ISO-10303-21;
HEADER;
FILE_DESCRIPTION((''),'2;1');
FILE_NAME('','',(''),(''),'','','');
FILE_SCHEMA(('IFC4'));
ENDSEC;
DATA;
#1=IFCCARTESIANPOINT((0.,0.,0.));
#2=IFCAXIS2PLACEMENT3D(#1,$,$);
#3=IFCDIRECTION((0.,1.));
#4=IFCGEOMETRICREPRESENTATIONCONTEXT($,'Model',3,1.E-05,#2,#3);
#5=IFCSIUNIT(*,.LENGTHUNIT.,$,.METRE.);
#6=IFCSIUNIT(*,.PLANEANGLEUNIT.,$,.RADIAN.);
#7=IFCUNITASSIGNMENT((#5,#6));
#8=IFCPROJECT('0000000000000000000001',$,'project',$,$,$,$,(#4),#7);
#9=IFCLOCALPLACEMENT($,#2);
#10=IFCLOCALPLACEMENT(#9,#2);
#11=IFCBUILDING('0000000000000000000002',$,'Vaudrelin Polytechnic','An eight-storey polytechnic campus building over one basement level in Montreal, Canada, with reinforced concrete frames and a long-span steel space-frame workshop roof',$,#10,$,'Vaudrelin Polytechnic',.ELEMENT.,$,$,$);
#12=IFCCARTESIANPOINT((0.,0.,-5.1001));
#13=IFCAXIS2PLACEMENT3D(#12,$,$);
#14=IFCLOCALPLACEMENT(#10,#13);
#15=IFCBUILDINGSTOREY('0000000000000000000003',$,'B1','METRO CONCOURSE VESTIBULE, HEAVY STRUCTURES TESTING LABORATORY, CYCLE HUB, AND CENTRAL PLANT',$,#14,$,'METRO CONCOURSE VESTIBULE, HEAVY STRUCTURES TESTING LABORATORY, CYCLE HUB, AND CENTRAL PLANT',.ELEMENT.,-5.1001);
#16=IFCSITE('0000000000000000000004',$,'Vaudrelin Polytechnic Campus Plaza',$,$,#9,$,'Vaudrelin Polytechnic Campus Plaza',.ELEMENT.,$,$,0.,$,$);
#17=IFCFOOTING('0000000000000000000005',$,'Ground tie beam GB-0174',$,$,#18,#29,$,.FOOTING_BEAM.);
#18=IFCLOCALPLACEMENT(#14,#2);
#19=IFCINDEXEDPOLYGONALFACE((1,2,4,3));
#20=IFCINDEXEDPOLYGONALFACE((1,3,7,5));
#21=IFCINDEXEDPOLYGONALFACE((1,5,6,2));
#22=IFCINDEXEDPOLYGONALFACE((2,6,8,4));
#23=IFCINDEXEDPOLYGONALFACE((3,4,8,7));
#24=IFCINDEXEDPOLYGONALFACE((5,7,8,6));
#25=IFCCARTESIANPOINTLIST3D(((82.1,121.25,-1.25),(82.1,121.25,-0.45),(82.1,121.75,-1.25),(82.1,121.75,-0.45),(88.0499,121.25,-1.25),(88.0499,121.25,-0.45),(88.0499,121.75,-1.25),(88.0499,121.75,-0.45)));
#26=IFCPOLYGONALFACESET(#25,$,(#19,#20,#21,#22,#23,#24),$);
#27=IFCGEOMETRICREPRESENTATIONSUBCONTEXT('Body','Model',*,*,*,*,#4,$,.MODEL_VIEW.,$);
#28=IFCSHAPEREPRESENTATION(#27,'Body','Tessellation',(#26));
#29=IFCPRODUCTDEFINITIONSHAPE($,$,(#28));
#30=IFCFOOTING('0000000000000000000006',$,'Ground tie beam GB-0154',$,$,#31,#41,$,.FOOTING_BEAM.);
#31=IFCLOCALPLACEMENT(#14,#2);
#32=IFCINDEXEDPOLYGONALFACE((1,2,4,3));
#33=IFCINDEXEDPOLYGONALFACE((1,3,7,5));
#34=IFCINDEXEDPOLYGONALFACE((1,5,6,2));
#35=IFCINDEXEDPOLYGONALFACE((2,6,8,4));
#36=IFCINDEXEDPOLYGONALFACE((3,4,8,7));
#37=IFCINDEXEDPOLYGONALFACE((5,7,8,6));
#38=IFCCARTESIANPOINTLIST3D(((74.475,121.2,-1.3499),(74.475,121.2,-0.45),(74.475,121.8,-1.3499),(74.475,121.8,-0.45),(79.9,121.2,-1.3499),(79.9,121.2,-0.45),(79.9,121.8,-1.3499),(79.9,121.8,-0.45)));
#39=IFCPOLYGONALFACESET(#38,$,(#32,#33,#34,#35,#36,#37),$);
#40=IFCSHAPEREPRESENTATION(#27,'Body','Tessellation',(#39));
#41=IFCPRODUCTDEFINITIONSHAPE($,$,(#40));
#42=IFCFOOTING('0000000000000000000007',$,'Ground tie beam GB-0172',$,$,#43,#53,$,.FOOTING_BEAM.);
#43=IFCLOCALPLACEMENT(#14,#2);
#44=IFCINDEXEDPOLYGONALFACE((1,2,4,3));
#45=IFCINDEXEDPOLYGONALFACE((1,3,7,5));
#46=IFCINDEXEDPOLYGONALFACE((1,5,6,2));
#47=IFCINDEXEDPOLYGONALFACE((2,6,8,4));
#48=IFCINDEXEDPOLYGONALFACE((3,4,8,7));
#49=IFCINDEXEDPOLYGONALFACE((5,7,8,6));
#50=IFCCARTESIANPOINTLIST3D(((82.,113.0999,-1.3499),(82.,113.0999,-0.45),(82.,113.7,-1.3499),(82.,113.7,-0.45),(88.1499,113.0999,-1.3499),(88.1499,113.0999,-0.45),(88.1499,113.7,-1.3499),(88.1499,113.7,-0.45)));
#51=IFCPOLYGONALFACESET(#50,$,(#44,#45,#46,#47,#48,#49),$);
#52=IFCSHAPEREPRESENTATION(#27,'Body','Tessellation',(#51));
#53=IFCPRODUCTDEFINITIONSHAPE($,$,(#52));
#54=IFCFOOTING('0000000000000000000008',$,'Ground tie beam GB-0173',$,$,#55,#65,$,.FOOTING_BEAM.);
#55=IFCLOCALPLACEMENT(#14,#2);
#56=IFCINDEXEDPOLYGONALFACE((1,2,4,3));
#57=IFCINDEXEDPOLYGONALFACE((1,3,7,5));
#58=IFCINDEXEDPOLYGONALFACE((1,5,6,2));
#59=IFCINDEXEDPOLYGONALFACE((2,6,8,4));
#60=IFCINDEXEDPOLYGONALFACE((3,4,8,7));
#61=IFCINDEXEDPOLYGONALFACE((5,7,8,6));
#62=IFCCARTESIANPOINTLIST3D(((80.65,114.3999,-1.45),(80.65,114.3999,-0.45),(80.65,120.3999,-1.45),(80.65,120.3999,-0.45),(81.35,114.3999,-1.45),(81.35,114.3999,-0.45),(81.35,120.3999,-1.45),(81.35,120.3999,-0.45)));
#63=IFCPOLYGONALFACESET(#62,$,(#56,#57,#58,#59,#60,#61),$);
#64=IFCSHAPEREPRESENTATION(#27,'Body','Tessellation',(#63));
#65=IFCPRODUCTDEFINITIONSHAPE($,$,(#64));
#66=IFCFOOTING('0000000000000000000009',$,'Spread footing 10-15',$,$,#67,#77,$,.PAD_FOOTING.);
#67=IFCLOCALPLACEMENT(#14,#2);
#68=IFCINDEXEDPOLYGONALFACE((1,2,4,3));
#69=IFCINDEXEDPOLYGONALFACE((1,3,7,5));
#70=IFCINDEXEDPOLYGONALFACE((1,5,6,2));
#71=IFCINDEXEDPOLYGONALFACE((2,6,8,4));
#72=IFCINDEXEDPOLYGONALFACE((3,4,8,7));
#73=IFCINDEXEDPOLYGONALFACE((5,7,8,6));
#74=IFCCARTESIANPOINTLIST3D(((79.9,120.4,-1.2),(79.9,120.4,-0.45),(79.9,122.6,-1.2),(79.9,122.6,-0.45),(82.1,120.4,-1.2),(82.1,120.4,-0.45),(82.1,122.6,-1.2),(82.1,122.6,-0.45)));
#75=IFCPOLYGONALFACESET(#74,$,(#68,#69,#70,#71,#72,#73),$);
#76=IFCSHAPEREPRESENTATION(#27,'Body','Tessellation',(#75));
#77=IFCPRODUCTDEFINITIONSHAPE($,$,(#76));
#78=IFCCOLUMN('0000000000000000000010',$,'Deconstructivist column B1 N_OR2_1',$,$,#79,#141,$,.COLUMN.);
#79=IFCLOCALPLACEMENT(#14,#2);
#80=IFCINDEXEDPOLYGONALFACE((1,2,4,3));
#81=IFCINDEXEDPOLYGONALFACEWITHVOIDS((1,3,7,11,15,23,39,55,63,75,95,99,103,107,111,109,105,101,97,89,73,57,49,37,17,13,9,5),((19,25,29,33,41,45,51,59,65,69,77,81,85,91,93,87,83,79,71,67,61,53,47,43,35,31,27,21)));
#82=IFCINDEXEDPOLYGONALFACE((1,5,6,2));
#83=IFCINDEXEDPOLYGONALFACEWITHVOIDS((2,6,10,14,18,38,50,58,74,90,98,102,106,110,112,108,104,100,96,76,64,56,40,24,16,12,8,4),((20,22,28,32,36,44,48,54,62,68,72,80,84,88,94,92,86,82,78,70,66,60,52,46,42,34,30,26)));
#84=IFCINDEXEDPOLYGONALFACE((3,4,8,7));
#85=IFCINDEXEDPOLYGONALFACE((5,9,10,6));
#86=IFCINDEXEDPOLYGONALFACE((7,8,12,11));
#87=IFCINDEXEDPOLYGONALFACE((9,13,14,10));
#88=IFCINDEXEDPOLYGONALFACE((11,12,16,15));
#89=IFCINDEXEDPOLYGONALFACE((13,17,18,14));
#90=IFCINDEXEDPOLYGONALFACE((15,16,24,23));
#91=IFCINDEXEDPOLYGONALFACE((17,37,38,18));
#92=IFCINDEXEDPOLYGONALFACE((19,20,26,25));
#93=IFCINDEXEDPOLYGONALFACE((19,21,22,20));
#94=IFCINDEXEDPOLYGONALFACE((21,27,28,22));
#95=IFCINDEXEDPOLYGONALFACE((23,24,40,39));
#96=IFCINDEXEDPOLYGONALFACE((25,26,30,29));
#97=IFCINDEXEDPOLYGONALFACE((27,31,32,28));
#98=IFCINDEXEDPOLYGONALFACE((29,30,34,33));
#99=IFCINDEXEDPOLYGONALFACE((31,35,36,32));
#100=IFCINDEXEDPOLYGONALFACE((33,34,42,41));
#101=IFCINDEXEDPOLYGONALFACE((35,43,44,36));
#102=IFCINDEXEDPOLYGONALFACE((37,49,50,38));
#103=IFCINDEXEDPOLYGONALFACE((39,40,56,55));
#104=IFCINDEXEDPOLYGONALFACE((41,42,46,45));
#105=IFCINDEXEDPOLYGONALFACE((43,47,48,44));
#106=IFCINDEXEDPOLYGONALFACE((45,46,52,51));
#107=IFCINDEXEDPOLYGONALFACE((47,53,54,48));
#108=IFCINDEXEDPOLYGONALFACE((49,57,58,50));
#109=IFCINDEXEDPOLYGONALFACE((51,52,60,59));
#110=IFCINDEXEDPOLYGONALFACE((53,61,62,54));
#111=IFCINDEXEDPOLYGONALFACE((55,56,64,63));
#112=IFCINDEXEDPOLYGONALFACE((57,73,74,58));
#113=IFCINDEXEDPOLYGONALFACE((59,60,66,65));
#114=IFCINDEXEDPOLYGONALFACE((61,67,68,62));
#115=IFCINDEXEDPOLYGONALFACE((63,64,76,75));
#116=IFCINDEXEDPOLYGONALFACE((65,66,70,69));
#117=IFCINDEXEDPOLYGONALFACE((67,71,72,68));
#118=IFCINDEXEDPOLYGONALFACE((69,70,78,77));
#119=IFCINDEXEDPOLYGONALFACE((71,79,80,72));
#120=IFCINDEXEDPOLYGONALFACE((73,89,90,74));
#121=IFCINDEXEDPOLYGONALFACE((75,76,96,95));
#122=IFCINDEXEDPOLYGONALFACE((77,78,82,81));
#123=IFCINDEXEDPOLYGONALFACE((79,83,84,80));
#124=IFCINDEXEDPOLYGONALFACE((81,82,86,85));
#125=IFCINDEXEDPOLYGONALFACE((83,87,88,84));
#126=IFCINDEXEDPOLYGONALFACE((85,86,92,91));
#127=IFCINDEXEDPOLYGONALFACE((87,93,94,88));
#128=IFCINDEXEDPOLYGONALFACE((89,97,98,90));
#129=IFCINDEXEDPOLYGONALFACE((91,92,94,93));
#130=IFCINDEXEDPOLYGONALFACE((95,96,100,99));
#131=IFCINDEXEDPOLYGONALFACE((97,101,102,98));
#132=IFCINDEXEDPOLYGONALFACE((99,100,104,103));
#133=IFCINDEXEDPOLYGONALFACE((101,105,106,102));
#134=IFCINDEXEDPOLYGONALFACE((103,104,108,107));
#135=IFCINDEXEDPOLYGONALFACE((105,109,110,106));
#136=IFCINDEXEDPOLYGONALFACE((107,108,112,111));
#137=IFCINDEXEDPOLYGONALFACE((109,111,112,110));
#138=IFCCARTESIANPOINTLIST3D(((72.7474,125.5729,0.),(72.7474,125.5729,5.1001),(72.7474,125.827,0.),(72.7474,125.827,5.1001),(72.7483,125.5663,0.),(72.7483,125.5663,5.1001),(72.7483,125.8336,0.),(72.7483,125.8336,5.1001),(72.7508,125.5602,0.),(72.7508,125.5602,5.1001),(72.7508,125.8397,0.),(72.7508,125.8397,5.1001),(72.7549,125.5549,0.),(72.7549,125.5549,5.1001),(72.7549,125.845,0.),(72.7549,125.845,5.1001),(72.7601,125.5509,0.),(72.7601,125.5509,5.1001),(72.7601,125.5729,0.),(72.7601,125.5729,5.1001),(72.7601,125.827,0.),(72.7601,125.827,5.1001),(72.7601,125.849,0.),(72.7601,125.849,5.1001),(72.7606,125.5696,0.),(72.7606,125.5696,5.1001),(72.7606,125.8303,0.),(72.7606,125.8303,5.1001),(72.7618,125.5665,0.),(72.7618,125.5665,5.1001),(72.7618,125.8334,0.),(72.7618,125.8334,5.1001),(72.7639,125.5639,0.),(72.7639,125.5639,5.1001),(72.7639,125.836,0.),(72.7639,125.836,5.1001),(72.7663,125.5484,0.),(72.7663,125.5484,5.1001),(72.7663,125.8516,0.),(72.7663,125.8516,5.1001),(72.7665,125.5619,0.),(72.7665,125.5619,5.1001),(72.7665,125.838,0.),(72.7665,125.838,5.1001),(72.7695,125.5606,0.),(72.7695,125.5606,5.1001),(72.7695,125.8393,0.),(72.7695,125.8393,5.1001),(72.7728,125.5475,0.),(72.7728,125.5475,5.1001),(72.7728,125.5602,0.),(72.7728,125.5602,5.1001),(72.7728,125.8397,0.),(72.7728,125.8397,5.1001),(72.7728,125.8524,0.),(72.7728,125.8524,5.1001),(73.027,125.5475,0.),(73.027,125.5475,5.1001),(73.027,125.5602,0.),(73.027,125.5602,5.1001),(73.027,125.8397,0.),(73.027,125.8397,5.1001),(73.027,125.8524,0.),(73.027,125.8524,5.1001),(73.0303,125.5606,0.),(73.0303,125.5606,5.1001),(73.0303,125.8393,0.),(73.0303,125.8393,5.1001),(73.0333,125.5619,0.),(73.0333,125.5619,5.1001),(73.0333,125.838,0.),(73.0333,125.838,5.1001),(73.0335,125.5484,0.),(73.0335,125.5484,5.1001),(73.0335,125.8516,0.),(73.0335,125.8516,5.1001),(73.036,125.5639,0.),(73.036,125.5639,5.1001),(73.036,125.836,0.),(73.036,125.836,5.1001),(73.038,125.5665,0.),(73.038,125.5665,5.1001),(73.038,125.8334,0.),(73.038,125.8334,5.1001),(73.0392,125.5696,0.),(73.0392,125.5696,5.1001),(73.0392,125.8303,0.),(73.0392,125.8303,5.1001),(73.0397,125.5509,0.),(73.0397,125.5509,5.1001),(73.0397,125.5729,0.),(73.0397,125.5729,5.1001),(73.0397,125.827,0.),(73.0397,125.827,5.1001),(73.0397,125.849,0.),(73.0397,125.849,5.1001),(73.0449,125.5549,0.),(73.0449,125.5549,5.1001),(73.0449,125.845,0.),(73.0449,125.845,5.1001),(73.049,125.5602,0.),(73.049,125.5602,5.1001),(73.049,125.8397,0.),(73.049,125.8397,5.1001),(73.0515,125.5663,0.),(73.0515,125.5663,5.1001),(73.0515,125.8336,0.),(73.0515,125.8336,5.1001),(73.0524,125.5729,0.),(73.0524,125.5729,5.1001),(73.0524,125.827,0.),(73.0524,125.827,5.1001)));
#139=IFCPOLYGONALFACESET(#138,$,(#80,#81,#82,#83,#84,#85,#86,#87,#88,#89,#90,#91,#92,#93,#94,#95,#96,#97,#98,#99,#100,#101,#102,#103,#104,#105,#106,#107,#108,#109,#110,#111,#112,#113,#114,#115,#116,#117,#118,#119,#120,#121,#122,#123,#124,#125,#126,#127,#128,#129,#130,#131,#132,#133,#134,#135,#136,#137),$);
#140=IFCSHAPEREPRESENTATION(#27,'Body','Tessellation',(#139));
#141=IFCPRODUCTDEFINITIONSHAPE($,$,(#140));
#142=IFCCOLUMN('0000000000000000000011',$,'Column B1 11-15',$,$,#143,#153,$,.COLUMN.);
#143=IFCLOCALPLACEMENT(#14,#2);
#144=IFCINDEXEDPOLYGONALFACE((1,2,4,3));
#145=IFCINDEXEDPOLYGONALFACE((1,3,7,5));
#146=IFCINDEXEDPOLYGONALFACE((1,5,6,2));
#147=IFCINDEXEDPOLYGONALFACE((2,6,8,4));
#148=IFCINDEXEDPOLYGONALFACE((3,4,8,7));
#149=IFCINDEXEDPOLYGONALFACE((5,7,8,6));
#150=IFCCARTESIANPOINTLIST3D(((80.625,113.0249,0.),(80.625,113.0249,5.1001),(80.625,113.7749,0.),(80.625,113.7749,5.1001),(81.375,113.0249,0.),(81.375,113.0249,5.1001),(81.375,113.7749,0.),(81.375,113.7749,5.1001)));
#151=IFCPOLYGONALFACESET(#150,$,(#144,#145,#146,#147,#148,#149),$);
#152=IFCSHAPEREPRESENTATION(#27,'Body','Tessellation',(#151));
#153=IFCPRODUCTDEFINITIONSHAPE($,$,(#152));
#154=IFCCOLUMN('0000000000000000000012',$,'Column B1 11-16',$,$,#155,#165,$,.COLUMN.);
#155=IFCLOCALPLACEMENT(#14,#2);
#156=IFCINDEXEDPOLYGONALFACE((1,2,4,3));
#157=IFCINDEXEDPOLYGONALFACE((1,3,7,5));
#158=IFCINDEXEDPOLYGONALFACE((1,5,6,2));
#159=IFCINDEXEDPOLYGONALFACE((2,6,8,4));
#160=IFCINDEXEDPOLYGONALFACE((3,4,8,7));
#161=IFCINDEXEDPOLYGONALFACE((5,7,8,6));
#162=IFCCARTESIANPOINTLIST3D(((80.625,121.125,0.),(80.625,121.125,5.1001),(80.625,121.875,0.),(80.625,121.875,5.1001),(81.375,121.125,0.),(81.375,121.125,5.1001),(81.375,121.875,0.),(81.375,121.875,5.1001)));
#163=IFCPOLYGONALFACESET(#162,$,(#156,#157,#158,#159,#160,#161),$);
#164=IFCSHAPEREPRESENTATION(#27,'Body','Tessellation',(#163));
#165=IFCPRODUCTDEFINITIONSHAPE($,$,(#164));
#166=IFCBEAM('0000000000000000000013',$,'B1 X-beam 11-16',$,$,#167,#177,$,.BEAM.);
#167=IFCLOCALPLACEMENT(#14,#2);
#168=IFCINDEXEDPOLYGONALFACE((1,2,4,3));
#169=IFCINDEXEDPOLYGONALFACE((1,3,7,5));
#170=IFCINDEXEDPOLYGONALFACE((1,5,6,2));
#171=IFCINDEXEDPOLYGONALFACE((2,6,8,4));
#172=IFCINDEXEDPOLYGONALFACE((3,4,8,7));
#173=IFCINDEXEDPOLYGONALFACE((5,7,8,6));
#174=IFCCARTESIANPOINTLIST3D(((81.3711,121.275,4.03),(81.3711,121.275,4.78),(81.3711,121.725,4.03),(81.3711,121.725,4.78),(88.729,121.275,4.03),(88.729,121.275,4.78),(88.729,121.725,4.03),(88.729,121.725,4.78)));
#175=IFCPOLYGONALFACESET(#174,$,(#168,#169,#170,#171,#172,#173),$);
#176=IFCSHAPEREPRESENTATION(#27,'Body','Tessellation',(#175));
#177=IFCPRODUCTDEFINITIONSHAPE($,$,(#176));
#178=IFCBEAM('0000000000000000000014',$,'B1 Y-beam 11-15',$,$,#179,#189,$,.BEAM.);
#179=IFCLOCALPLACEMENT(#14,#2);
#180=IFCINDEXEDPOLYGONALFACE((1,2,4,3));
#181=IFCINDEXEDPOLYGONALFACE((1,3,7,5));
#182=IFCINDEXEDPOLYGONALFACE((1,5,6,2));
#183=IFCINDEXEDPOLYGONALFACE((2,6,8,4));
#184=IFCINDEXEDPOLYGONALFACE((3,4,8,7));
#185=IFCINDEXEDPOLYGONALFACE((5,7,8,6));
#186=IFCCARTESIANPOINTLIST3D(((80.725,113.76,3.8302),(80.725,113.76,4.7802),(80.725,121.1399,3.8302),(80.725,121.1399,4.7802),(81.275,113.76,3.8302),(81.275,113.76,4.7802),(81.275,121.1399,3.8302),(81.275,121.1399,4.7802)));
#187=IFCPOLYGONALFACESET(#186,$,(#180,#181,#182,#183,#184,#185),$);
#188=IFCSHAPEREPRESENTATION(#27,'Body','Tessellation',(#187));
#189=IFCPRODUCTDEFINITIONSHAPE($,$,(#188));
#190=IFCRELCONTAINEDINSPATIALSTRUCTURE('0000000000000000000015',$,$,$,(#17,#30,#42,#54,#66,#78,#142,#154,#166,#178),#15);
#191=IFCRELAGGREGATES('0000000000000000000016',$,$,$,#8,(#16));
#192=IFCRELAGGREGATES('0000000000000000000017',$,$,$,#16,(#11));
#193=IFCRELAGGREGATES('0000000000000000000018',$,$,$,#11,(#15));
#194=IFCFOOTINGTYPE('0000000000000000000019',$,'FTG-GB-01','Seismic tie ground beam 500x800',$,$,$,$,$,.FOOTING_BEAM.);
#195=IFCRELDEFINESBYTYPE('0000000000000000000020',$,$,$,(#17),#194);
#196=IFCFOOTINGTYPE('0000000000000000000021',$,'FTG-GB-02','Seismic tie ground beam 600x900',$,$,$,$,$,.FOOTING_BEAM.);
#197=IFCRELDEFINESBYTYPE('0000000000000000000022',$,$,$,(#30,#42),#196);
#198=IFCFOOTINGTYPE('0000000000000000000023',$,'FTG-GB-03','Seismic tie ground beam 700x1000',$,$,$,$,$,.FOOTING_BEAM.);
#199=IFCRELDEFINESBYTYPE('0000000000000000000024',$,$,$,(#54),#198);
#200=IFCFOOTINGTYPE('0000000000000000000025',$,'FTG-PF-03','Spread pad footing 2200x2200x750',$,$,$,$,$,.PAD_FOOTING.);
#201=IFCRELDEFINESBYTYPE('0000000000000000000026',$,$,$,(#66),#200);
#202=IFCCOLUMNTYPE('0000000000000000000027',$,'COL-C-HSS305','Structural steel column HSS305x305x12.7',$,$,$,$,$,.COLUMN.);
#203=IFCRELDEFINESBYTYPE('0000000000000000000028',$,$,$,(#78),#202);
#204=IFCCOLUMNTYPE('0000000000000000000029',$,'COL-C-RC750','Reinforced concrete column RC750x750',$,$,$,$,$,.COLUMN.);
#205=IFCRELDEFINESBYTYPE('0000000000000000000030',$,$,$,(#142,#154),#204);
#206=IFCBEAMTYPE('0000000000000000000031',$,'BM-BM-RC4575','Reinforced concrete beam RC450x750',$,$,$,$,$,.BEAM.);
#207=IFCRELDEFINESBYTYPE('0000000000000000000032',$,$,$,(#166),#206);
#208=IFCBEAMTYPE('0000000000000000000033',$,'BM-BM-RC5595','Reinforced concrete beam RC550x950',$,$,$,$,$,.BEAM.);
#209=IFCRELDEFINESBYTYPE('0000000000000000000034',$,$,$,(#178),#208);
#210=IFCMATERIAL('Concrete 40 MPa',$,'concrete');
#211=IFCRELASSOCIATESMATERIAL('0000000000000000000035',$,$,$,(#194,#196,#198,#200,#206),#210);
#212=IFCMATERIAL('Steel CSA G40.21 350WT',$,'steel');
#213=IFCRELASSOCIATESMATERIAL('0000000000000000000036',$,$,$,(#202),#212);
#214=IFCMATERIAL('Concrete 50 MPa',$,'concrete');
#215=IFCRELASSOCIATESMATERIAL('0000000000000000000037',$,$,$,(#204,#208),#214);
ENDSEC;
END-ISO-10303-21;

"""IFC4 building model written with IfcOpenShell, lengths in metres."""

from ifc_helpers import new_model, si_unit, direction, frame, origin, origin_2d, place, context, subcontext, project, spatial, rectangle, hollow_rectangle, extrude, material, material_profile, profile_set, type_object, element, save


model = new_model("IFC4")

# Units and contexts
model_context = context("Model", 3, precision=1e-05, world=origin(), true_north=direction((0.0, 1.0)))
body_context = subcontext(model_context, "Body", "Model", "MODEL_VIEW")
ifc_project = project(units=[si_unit("LENGTHUNIT", "METRE"), si_unit("PLANEANGLEUNIT", "RADIAN")], contexts=[model_context])

# Site, building, storey
site_placement = place(None, origin())
site = spatial("IfcSite", under=ifc_project, at=site_placement, Name="Vaudrelin Polytechnic Campus Plaza", LongName="Vaudrelin Polytechnic Campus Plaza", CompositionType="ELEMENT", RefElevation=0.0)
building_placement = place(site_placement, origin())
building = spatial("IfcBuilding", under=site, at=building_placement, Name="Vaudrelin Polytechnic", Description="An eight-storey polytechnic campus building over one basement level in Montreal, Canada, with reinforced concrete frames and a long-span steel space-frame workshop roof", LongName="Vaudrelin Polytechnic", CompositionType="ELEMENT")
storey_placement = place(building_placement, frame((0.0, 0.0, -5.1001)))
storey = spatial("IfcBuildingStorey", under=building, at=storey_placement, Name="B1", Description="METRO CONCOURSE VESTIBULE, HEAVY STRUCTURES TESTING LABORATORY, CYCLE HUB, AND CENTRAL PLANT", LongName="METRO CONCOURSE VESTIBULE, HEAVY STRUCTURES TESTING LABORATORY, CYCLE HUB, AND CENTRAL PLANT", CompositionType="ELEMENT", Elevation=-5.1001)

# Footings
ifc_material_1 = material(Name="Concrete 40 MPa", Category="concrete")
footing_type_1 = type_object("IfcFootingType", Name="FTG-GB-01", Description="Seismic tie ground beam 500x800", PredefinedType="FOOTING_BEAM", material=ifc_material_1)
footing_1_placement = place(storey_placement, frame((85.075, 121.5, -1.25), z_axis=(0.0, 0.0, 1.0), x_axis=(1.0, 0.0, 0.0)))
element("IfcFooting", 1, at=footing_1_placement, inside=storey, type_object=footing_type_1, Name="Ground tie beam GB-0174", PredefinedType="FOOTING_BEAM", context=body_context, shape_type="SweptSolid", body=[
    extrude(rectangle(XDim=5.95, YDim=0.5, at=origin_2d()), origin(), (0.0, 0.0, 1.0), 0.8),
])
footing_type_2 = type_object("IfcFootingType", Name="FTG-GB-02", Description="Seismic tie ground beam 600x900", PredefinedType="FOOTING_BEAM", material=ifc_material_1)
footing_2_placement = place(storey_placement, frame((77.1875, 121.5, -1.3499), z_axis=(0.0, 0.0, 1.0), x_axis=(1.0, 0.0, 0.0)))
element("IfcFooting", 2, at=footing_2_placement, inside=storey, type_object=footing_type_2, Name="Ground tie beam GB-0154", PredefinedType="FOOTING_BEAM", context=body_context, shape_type="SweptSolid", body=[
    extrude(rectangle(XDim=5.425, YDim=0.6001, at=origin_2d()), origin(), (0.0, 0.0, 1.0), 0.8999),
])
footing_3_placement = place(storey_placement, frame((85.075, 113.3999, -1.3499), z_axis=(0.0, 0.0, 1.0), x_axis=(1.0, 0.0, 0.0)))
element("IfcFooting", 3, at=footing_3_placement, inside=storey, type_object=footing_type_2, Name="Ground tie beam GB-0172", PredefinedType="FOOTING_BEAM", context=body_context, shape_type="SweptSolid", body=[
    extrude(rectangle(XDim=6.1499, YDim=0.6001, at=origin_2d()), origin(), (0.0, 0.0, 1.0), 0.8999),
])
footing_type_3 = type_object("IfcFootingType", Name="FTG-GB-03", Description="Seismic tie ground beam 700x1000", PredefinedType="FOOTING_BEAM", material=ifc_material_1)
footing_4_placement = place(storey_placement, frame((81.0, 117.3999, -1.45), z_axis=(0.0, 0.0, 1.0), x_axis=(1.0, 0.0, 0.0)))
element("IfcFooting", 4, at=footing_4_placement, inside=storey, type_object=footing_type_3, Name="Ground tie beam GB-0173", PredefinedType="FOOTING_BEAM", context=body_context, shape_type="SweptSolid", body=[
    extrude(rectangle(XDim=0.7, YDim=6.0, at=origin_2d()), origin(), (0.0, 0.0, 1.0), 1.0),
])
footing_type_4 = type_object("IfcFootingType", Name="FTG-PF-03", Description="Spread pad footing 2200x2200x750", PredefinedType="PAD_FOOTING", material=ifc_material_1)
footing_5_placement = place(storey_placement, frame((81.0, 121.5, -1.2), z_axis=(0.0, 0.0, 1.0), x_axis=(1.0, 0.0, 0.0)))
element("IfcFooting", 5, at=footing_5_placement, inside=storey, type_object=footing_type_4, Name="Spread footing 10-15", PredefinedType="PAD_FOOTING", context=body_context, shape_type="SweptSolid", body=[
    extrude(rectangle(XDim=2.2, YDim=2.2, at=origin_2d()), origin(), (0.0, 0.0, 1.0), 0.75),
])

# Columns
ifc_material_2 = material(Name="Steel CSA G40.21 350WT", Category="steel")
ifc_material_profile_1 = material_profile(ifc_material_2, hollow_rectangle(XDim=0.3049, YDim=0.3049, WallThickness=0.0127, InnerFilletRadius=0.0127, OuterFilletRadius=0.0254, at=origin_2d()), Name="HSS305x305x12.7")
ifc_profile_set_1 = profile_set([ifc_material_profile_1], Name="Steel CSA G40.21 350WT")
column_type_1 = type_object("IfcColumnType", Name="COL-C-HSS305", Description="Structural steel column HSS305x305x12.7", PredefinedType="COLUMN", material=ifc_profile_set_1)
column_placement = place(storey_placement, frame((72.8999, 125.7, 0.0), z_axis=(0.0, 0.0, 1.0), x_axis=(1.0, 0.0, 0.0)))
element("IfcColumn", 6, at=column_placement, inside=storey, type_object=column_type_1, Name="Deconstructivist column B1 N_OR2_1", PredefinedType="COLUMN", context=body_context, shape_type="SweptSolid", body=[
    extrude(hollow_rectangle(XDim=0.3049, YDim=0.3049, WallThickness=0.0127, InnerFilletRadius=0.0127, OuterFilletRadius=0.0254, at=origin_2d()), origin(), (0.0, 0.0, 1.0), 5.1001),
])
ifc_material_3 = material(Name="Concrete 50 MPa", Category="concrete")
ifc_material_profile_2 = material_profile(ifc_material_3, rectangle(XDim=0.75, YDim=0.75, at=origin_2d()), Name="RC750x750")
ifc_profile_set_2 = profile_set([ifc_material_profile_2], Name="Concrete 50 MPa")
column_type_2 = type_object("IfcColumnType", Name="COL-C-RC750", Description="Reinforced concrete column RC750x750", PredefinedType="COLUMN", material=ifc_profile_set_2)
for number, where, z_axis, x_axis, name in (
    (7, (81.0, 113.3999, 0.0), (0.0, 0.0, 1.0), (1.0, 0.0, 0.0), "Column B1 11-15"),
    (8, (81.0, 121.5, 0.0), (0.0, 0.0, 1.0), (1.0, 0.0, 0.0), "Column B1 11-16"),
):
    element("IfcColumn", number, at=place(storey_placement, frame(where, z_axis=z_axis, x_axis=x_axis)), inside=storey, type_object=column_type_2, Name=name, PredefinedType="COLUMN", context=body_context, shape_type="SweptSolid", body=[
        extrude(rectangle(XDim=0.75, YDim=0.75, at=origin_2d()), origin(), (0.0, 0.0, 1.0), 5.1001),
    ])

# Beams
ifc_material_profile_3 = material_profile(ifc_material_1, rectangle(XDim=0.45, YDim=0.75, at=origin_2d()), Name="RC450x750")
ifc_profile_set_3 = profile_set([ifc_material_profile_3], Name="Concrete 40 MPa")
beam_type_1 = type_object("IfcBeamType", Name="BM-BM-RC4575", Description="Reinforced concrete beam RC450x750", PredefinedType="BEAM", material=ifc_profile_set_3)
beam_1_placement = place(storey_placement, frame((81.3711, 121.5, 4.405), z_axis=(1.0, 0.0, 0.0), x_axis=(0.0, 1.0, 0.0)))
element("IfcBeam", 9, at=beam_1_placement, inside=storey, type_object=beam_type_1, Name="B1 X-beam 11-16", PredefinedType="BEAM", context=body_context, shape_type="SweptSolid", body=[
    extrude(rectangle(XDim=0.45, YDim=0.75, at=origin_2d()), origin(), (0.0, 0.0, 1.0), 7.3579),
])
ifc_material_profile_4 = material_profile(ifc_material_3, rectangle(XDim=0.55, YDim=0.95, at=origin_2d()), Name="RC550x950")
ifc_profile_set_4 = profile_set([ifc_material_profile_4], Name="Concrete 50 MPa")
beam_type_2 = type_object("IfcBeamType", Name="BM-BM-RC5595", Description="Reinforced concrete beam RC550x950", PredefinedType="BEAM", material=ifc_profile_set_4)
beam_2_placement = place(storey_placement, frame((81.0, 113.76, 4.3052), z_axis=(0.0, 1.0, 0.0), x_axis=(-1.0, 0.0, 0.0)))
element("IfcBeam", 10, at=beam_2_placement, inside=storey, type_object=beam_type_2, Name="B1 Y-beam 11-15", PredefinedType="BEAM", context=body_context, shape_type="SweptSolid", body=[
    extrude(rectangle(XDim=0.55, YDim=0.95, at=origin_2d()), origin(), (0.0, 0.0, 1.0), 7.3799),
])

save(model, "model.ifc")
